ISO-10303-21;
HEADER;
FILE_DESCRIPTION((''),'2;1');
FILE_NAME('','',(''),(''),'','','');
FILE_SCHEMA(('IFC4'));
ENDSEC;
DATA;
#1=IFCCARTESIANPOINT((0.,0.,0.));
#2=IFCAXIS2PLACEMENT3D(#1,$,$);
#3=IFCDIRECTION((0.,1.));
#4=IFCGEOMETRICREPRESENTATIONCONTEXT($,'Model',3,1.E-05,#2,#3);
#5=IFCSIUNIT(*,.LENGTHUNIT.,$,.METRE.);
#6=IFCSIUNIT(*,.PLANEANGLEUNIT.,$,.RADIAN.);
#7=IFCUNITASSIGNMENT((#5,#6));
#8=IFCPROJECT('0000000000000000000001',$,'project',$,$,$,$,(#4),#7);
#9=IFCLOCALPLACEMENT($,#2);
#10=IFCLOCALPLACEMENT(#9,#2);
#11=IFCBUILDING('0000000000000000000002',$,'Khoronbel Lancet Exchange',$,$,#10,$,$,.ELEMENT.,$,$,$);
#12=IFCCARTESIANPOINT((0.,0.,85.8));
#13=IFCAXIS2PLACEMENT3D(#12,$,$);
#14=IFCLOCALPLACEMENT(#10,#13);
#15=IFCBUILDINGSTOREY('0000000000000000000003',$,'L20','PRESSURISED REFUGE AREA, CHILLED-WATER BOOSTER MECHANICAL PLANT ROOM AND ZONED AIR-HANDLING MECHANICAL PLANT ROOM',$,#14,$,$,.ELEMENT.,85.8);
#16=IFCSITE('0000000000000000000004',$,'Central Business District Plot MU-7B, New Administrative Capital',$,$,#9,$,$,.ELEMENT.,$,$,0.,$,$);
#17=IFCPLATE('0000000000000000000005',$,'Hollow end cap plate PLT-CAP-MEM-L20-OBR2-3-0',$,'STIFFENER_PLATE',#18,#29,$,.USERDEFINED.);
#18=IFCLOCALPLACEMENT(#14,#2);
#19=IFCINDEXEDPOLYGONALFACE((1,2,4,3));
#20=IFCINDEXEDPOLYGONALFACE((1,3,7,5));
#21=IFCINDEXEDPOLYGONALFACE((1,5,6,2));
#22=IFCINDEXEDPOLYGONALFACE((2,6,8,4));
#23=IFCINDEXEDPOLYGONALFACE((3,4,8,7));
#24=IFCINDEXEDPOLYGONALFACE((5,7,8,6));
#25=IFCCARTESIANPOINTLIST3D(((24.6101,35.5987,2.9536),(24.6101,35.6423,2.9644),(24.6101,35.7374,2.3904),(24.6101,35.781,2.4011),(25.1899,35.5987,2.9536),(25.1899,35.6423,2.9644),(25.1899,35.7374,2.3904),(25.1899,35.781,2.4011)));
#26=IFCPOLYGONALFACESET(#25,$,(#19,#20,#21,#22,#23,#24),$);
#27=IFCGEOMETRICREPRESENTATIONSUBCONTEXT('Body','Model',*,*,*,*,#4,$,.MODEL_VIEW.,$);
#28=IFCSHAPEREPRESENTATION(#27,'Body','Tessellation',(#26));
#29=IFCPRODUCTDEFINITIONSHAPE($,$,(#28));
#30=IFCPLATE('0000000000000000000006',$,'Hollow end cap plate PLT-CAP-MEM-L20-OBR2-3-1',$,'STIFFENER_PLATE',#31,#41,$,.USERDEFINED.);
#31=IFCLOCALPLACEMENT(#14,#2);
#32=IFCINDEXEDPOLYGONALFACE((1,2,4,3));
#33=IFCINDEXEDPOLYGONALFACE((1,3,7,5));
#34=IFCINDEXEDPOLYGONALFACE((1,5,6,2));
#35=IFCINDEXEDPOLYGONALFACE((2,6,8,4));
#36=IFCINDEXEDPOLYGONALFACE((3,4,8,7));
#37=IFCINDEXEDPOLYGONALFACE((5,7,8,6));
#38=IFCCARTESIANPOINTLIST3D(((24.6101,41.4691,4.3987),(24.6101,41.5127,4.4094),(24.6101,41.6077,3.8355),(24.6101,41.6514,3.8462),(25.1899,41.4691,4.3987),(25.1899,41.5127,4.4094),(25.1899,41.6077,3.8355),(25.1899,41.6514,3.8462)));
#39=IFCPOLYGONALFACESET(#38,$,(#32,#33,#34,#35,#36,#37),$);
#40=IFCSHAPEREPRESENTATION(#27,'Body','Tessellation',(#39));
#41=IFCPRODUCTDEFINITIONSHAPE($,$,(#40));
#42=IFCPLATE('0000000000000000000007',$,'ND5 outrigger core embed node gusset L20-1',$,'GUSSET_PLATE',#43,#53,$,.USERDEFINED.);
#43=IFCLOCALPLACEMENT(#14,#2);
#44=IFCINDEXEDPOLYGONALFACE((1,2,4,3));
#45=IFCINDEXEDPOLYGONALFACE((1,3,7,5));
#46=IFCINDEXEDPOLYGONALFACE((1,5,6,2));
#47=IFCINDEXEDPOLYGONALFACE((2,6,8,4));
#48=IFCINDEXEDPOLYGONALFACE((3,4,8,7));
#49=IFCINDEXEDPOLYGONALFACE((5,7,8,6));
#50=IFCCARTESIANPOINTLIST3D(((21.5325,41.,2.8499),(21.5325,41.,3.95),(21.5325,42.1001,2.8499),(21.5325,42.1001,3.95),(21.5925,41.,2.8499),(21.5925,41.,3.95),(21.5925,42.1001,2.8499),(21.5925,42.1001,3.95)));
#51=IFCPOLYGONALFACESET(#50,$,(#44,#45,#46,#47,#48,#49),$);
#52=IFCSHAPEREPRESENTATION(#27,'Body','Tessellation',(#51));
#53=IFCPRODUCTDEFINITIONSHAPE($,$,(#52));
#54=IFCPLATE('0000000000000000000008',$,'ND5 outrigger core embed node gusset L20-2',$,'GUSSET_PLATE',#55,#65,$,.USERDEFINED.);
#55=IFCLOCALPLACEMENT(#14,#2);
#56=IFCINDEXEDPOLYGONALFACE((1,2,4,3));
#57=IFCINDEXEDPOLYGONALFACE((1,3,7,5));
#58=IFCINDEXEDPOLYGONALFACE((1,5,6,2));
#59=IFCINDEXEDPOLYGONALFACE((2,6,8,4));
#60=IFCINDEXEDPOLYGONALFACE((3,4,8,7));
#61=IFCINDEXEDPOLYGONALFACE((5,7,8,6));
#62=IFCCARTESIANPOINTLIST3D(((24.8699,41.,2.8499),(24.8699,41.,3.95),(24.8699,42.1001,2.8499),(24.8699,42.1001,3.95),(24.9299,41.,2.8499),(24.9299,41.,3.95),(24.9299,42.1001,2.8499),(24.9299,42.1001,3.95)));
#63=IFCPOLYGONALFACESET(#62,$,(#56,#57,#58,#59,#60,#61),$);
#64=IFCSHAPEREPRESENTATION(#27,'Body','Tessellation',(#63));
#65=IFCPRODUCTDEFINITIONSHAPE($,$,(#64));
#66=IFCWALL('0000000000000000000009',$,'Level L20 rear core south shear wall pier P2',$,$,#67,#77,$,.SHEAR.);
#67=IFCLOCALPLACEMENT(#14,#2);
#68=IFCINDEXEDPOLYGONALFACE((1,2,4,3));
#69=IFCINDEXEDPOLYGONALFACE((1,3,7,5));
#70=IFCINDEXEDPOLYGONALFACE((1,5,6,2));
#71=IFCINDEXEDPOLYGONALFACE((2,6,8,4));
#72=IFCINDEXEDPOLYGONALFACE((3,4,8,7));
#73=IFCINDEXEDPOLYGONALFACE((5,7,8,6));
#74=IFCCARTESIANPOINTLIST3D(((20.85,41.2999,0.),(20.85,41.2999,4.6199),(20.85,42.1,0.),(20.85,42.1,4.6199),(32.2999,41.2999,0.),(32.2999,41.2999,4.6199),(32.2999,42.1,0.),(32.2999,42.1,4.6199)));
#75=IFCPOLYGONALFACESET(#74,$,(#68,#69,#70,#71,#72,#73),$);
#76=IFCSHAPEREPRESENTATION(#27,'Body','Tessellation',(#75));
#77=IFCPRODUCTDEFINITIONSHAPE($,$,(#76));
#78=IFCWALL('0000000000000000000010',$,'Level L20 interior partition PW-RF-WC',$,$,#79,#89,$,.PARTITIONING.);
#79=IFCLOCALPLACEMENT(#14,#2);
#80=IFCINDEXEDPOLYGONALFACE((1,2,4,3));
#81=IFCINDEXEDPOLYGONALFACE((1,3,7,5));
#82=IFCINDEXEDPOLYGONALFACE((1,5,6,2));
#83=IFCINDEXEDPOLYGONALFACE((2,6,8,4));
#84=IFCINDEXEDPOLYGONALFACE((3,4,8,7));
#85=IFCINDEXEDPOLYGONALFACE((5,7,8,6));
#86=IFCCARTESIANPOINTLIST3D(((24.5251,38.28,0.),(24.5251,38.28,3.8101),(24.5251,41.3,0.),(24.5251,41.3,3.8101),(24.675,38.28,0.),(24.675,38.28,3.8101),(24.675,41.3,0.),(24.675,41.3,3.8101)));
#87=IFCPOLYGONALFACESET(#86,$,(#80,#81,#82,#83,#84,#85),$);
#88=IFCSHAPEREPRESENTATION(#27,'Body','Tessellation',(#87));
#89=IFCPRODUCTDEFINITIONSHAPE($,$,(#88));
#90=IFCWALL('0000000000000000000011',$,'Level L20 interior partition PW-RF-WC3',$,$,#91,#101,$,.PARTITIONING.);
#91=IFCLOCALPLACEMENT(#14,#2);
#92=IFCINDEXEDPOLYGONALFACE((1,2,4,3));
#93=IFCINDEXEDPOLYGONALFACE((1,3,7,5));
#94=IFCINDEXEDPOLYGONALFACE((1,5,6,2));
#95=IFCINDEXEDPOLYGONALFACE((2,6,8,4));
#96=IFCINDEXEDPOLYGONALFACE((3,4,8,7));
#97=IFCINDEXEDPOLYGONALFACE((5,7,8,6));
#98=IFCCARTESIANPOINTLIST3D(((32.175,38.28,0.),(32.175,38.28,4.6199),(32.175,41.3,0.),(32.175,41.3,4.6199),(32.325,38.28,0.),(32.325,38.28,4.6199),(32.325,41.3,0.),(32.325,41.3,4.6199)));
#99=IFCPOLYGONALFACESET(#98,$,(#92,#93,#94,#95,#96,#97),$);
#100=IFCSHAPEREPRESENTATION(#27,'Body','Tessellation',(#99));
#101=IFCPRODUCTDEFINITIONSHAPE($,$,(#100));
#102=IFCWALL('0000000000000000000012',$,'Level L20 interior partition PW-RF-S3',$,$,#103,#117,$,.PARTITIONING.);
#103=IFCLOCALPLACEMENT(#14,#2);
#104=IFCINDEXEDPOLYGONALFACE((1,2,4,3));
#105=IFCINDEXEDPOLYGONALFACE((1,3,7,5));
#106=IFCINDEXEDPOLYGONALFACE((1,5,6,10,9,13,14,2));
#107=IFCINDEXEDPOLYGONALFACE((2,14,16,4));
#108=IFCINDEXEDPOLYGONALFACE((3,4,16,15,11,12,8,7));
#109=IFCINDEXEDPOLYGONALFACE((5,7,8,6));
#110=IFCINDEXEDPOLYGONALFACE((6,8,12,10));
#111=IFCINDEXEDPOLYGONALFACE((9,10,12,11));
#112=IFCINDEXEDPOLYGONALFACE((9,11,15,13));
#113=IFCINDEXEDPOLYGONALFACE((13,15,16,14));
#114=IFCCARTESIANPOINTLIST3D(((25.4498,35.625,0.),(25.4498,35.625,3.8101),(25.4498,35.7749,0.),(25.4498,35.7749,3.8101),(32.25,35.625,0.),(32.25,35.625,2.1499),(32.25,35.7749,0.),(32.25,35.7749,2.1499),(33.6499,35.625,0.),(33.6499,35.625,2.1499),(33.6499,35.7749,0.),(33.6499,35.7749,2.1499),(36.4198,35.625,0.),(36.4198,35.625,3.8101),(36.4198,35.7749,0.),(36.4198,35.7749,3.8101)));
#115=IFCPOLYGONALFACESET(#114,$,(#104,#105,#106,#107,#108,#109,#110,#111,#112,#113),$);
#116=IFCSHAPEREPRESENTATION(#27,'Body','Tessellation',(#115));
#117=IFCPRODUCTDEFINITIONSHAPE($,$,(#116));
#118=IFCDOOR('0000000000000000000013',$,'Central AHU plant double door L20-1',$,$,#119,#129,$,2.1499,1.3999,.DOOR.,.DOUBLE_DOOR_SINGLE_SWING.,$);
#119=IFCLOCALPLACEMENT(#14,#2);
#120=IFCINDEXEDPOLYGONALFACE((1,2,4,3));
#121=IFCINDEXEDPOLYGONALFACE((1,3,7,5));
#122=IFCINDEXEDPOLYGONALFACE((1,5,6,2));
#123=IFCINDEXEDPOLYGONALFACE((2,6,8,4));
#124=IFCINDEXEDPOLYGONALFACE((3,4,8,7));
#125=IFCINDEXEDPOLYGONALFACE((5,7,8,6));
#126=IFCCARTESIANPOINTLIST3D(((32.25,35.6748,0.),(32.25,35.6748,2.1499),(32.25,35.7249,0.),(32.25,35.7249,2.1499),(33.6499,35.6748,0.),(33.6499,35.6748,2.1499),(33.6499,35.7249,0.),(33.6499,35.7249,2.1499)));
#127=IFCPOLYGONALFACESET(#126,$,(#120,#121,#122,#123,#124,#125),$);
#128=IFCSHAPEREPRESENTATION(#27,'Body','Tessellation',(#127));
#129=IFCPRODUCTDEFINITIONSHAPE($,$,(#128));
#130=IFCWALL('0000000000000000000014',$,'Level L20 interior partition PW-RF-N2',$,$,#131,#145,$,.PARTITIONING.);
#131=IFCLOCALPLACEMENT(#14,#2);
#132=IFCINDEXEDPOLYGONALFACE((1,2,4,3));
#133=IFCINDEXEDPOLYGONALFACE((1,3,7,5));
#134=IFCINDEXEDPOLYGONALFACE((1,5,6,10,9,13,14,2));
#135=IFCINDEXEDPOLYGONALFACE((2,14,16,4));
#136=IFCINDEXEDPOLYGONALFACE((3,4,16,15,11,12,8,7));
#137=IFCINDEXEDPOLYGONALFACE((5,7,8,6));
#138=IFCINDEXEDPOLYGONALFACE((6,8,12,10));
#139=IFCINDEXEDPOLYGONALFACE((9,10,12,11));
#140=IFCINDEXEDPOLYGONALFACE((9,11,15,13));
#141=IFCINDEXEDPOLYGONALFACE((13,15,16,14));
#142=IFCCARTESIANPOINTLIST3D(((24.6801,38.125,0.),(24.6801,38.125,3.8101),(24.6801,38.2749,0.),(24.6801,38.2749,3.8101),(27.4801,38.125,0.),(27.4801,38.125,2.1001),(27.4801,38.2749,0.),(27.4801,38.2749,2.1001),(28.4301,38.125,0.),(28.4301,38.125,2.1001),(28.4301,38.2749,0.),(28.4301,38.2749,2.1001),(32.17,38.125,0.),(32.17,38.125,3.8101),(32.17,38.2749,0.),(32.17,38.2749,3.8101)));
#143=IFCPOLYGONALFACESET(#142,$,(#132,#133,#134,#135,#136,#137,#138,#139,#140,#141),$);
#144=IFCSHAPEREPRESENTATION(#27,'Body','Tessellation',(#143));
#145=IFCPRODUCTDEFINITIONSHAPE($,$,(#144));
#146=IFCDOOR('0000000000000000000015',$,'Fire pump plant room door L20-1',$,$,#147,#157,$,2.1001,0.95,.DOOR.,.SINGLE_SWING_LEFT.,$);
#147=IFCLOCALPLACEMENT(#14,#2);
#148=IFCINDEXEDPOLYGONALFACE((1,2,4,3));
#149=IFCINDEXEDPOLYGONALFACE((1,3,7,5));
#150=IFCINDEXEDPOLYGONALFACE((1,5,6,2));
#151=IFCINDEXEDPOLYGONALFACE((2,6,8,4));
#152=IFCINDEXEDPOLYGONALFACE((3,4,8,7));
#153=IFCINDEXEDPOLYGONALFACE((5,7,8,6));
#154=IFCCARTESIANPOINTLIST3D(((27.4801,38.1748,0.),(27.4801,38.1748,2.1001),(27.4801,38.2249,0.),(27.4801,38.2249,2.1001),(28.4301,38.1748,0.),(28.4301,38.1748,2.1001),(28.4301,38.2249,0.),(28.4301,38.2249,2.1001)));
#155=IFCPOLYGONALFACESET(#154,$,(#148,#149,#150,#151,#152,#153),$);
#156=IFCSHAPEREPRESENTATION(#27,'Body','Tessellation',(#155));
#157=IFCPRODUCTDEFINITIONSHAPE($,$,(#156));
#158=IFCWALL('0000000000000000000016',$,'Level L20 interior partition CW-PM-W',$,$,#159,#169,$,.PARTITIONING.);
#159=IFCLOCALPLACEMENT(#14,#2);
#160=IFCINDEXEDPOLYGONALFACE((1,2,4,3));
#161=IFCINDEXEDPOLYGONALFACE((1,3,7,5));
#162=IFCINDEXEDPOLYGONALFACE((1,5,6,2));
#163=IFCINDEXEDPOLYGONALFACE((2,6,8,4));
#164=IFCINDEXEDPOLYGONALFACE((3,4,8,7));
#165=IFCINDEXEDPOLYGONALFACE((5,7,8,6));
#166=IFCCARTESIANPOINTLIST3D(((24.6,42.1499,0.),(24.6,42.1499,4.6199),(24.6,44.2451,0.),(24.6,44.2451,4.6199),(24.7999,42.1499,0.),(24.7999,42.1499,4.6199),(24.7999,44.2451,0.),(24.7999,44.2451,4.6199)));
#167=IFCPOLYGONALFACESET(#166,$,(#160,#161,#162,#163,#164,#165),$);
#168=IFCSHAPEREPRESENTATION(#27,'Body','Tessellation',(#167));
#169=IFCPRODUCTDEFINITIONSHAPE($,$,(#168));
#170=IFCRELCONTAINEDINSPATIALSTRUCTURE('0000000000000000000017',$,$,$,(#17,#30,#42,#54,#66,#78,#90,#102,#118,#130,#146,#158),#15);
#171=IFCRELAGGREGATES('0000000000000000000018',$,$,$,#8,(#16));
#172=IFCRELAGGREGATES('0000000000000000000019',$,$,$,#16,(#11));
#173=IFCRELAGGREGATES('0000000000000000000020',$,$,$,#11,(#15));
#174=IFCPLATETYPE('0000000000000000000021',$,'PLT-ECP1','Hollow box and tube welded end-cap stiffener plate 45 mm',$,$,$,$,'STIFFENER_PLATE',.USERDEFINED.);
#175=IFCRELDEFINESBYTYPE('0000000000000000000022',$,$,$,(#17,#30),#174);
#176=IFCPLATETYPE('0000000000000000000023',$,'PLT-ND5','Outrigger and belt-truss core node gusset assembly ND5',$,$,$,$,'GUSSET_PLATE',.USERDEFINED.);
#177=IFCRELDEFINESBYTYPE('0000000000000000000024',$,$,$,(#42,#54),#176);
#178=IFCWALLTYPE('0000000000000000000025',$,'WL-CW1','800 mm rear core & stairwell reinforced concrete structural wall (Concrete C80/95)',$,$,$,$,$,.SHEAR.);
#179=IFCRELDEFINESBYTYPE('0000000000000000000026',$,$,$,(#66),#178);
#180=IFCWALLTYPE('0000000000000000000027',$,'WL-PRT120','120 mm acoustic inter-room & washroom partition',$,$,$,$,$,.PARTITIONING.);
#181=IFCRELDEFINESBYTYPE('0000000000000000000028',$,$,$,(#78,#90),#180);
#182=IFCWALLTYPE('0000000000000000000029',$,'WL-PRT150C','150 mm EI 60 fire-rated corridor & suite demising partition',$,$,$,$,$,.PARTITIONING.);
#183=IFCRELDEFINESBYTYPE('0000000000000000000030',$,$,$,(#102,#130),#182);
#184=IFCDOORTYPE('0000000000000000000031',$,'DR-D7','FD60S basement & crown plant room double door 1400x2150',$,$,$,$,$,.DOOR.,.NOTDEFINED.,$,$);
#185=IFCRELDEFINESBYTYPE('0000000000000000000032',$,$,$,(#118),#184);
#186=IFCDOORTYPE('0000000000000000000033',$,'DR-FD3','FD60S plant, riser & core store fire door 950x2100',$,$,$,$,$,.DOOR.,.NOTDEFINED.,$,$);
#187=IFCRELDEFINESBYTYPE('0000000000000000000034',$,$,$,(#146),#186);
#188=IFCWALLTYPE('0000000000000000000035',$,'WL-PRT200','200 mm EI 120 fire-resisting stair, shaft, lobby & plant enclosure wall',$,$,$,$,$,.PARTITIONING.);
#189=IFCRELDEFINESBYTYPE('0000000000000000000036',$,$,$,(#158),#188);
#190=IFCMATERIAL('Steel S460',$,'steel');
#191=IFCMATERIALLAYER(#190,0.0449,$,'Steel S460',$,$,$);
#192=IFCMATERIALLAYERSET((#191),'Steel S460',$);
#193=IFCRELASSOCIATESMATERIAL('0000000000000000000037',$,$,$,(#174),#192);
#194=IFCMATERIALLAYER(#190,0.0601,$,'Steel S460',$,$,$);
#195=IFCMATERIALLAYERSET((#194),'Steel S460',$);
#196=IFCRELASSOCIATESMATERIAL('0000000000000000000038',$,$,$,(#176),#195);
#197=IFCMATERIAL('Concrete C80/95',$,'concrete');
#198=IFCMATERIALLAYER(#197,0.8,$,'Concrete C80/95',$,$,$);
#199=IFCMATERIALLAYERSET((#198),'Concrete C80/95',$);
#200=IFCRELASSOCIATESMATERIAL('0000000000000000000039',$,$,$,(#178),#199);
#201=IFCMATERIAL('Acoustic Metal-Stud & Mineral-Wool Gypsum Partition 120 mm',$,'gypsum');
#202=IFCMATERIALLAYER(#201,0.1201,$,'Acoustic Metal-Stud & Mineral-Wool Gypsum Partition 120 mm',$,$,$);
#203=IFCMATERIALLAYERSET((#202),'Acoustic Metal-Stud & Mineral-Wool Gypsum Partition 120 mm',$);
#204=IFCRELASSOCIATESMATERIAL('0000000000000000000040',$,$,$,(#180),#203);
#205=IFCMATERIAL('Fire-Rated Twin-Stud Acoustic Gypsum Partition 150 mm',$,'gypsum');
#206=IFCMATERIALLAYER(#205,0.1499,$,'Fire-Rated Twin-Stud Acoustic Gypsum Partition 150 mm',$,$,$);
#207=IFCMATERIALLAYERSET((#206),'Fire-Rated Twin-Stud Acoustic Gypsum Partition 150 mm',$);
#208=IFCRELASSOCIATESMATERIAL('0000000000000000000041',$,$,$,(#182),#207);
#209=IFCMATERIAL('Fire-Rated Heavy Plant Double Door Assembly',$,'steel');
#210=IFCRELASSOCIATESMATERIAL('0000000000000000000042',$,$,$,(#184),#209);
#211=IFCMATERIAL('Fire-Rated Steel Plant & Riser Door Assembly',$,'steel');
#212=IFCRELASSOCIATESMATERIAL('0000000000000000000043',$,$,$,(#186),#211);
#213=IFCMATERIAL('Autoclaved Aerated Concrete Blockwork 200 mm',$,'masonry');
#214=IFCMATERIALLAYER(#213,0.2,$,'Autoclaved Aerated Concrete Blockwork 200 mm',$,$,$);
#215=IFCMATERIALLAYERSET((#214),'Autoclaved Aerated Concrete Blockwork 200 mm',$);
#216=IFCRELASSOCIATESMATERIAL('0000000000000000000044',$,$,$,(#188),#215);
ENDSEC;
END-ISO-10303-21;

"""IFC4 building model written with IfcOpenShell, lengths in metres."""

from ifc_helpers import new_model, si_unit, direction, frame, frame_2d, origin, origin_2d, place, context, subcontext, project, spatial, polyline, rectangle, outline, extrude, material, layer, layer_set, type_object, element, fill, save


model = new_model("IFC4")

# Units and contexts
model_context = context("Model", 3, precision=1e-05, world=origin(), true_north=direction((0.0, 1.0)))
body_context = subcontext(model_context, "Body", "Model", "MODEL_VIEW")
ifc_project = project(units=[si_unit("LENGTHUNIT", "METRE"), si_unit("PLANEANGLEUNIT", "RADIAN")], contexts=[model_context])

# Site, building, storey
site_placement = place(None, origin())
site = spatial("IfcSite", under=ifc_project, at=site_placement, Name="Central Business District Plot MU-7B, New Administrative Capital", CompositionType="ELEMENT", RefElevation=0.0)
building_placement = place(site_placement, origin())
building = spatial("IfcBuilding", under=site, at=building_placement, Name="Khoronbel Lancet Exchange", CompositionType="ELEMENT")
storey_placement = place(building_placement, frame((0.0, 0.0, 85.8)))
storey = spatial("IfcBuildingStorey", under=building, at=storey_placement, Name="L20", Description="PRESSURISED REFUGE AREA, CHILLED-WATER BOOSTER MECHANICAL PLANT ROOM AND ZONED AIR-HANDLING MECHANICAL PLANT ROOM", CompositionType="ELEMENT", Elevation=85.8)

# Shared definitions
ifc_material_1 = material(Name="Steel S460", Category="steel")

# Shared definitions
ifc_material_2 = material(Name="Concrete C80/95", Category="concrete")

# Plates
ifc_layer_1 = layer(ifc_material_1, 0.0449, Name="Steel S460")
ifc_layer_set_1 = layer_set([ifc_layer_1], Name="Steel S460")
plate_type_1 = type_object("IfcPlateType", Name="PLT-ECP1", Description="Hollow box and tube welded end-cap stiffener plate 45 mm", ElementType="STIFFENER_PLATE", PredefinedType="USERDEFINED", material=ifc_layer_set_1)
for number, where, z_axis, x_axis, name in (
    (1, (25.1899, 35.781, 2.4011), (0.0, 0.971003, 0.239068), (-1.0, 0.0, 0.0), "Hollow end cap plate PLT-CAP-MEM-L20-OBR2-3-0"),
    (2, (25.1899, 41.6514, 3.8462), (0.0, 0.971003, 0.239068), (-1.0, 0.0, 0.0), "Hollow end cap plate PLT-CAP-MEM-L20-OBR2-3-1"),
):
    element("IfcPlate", number, at=place(storey_placement, frame(where, z_axis=z_axis, x_axis=x_axis)), inside=storey, type_object=plate_type_1, Name=name, ObjectType="STIFFENER_PLATE", PredefinedType="USERDEFINED", context=body_context, shape_type="SweptSolid", body=[
        extrude(outline(polyline([(0.0, 0.0), (0.5798, 0.0), (0.5798, 0.5801), (0.0, 0.5801), (0.0, 0.0)])), origin(), (0.0, 0.0, -1.0), 0.0449),
    ])
ifc_layer_2 = layer(ifc_material_1, 0.0601, Name="Steel S460")
ifc_layer_set_2 = layer_set([ifc_layer_2], Name="Steel S460")
plate_type_2 = type_object("IfcPlateType", Name="PLT-ND5", Description="Outrigger and belt-truss core node gusset assembly ND5", ElementType="GUSSET_PLATE", PredefinedType="USERDEFINED", material=ifc_layer_set_2)
for number, where, z_axis, x_axis, name in (
    (3, (21.5625, 41.55, 2.8499), (0.0, 0.0, 1.0), (1.0, 0.0, 0.0), "ND5 outrigger core embed node gusset L20-1"),
    (4, (24.8999, 41.55, 2.8499), (0.0, 0.0, 1.0), (1.0, 0.0, 0.0), "ND5 outrigger core embed node gusset L20-2"),
):
    element("IfcPlate", number, at=place(storey_placement, frame(where, z_axis=z_axis, x_axis=x_axis)), inside=storey, type_object=plate_type_2, Name=name, ObjectType="GUSSET_PLATE", PredefinedType="USERDEFINED", context=body_context, shape_type="SweptSolid", body=[
        extrude(rectangle(XDim=0.0601, YDim=1.1001, at=origin_2d()), origin(), (0.0, 0.0, 1.0), 1.1001),
    ])

# Walls
ifc_layer_3 = layer(ifc_material_2, 0.8, Name="Concrete C80/95")
ifc_layer_set_3 = layer_set([ifc_layer_3], Name="Concrete C80/95")
wall_type_1 = type_object("IfcWallType", Name="WL-CW1", Description="800 mm rear core & stairwell reinforced concrete structural wall (Concrete C80/95)", PredefinedType="SHEAR", material=ifc_layer_set_3)
wall_1_placement = place(storey_placement, frame((32.3, 41.7, 0.0), z_axis=(0.0, 0.0, 1.0), x_axis=(-1.0, 0.0, 0.0)))
element("IfcWall", 5, at=wall_1_placement, inside=storey, type_object=wall_type_1, Name="Level L20 rear core south shear wall pier P2", PredefinedType="SHEAR", context=body_context, shape_type="SweptSolid", body=[
    extrude(rectangle(XDim=11.45, YDim=0.8, at=frame_2d((5.7251, 0.0))), origin(), (0.0, 0.0, 1.0), 4.6199),
])
ifc_material_3 = material(Name="Acoustic Metal-Stud & Mineral-Wool Gypsum Partition 120 mm", Category="gypsum")
ifc_layer_4 = layer(ifc_material_3, 0.1201, Name="Acoustic Metal-Stud & Mineral-Wool Gypsum Partition 120 mm")
ifc_layer_set_4 = layer_set([ifc_layer_4], Name="Acoustic Metal-Stud & Mineral-Wool Gypsum Partition 120 mm")
wall_type_2 = type_object("IfcWallType", Name="WL-PRT120", Description="120 mm acoustic inter-room & washroom partition", PredefinedType="PARTITIONING", material=ifc_layer_set_4)
wall_2_placement = place(storey_placement, frame((24.6001, 38.28, 0.0), z_axis=(0.0, 0.0, 1.0), x_axis=(0.0, 1.0, 0.0)))
element("IfcWall", 6, at=wall_2_placement, inside=storey, type_object=wall_type_2, Name="Level L20 interior partition PW-RF-WC", PredefinedType="PARTITIONING", context=body_context, shape_type="SweptSolid", body=[
    extrude(rectangle(XDim=3.02, YDim=0.1499, at=frame_2d((1.51, 0.0))), origin(), (0.0, 0.0, 1.0), 3.8101),
])
wall_3_placement = place(storey_placement, frame((32.25, 38.28, 0.0), z_axis=(0.0, 0.0, 1.0), x_axis=(0.0, 1.0, 0.0)))
element("IfcWall", 7, at=wall_3_placement, inside=storey, type_object=wall_type_2, Name="Level L20 interior partition PW-RF-WC3", PredefinedType="PARTITIONING", context=body_context, shape_type="SweptSolid", body=[
    extrude(rectangle(XDim=3.02, YDim=0.1499, at=frame_2d((1.51, 0.0))), origin(), (0.0, 0.0, 1.0), 4.6199),
])

# Walls, openings, doors
ifc_material_4 = material(Name="Fire-Rated Twin-Stud Acoustic Gypsum Partition 150 mm", Category="gypsum")
ifc_layer_5 = layer(ifc_material_4, 0.1499, Name="Fire-Rated Twin-Stud Acoustic Gypsum Partition 150 mm")
ifc_layer_set_5 = layer_set([ifc_layer_5], Name="Fire-Rated Twin-Stud Acoustic Gypsum Partition 150 mm")
wall_type_3 = type_object("IfcWallType", Name="WL-PRT150C", Description="150 mm EI 60 fire-rated corridor & suite demising partition", PredefinedType="PARTITIONING", material=ifc_layer_set_5)
wall_4_placement = place(storey_placement, frame((25.45, 35.7, 0.0), z_axis=(0.0, 0.0, 1.0), x_axis=(1.0, 0.0, 0.0)))
wall_4 = element("IfcWall", 8, at=wall_4_placement, inside=storey, type_object=wall_type_3, Name="Level L20 interior partition PW-RF-S3", PredefinedType="PARTITIONING", context=body_context, shape_type="SweptSolid", body=[
    extrude(rectangle(XDim=10.97, YDim=0.1499, at=frame_2d((5.4849, 0.0))), origin(), (0.0, 0.0, 1.0), 3.8101),
])
opening_1_placement = place(wall_4_placement, frame((6.8, 0.0, 0.0)))
opening_1 = element("IfcOpeningElement", 9, at=opening_1_placement, cuts=wall_4, PredefinedType="OPENING", context=body_context, shape_type="SweptSolid", body=[
    extrude(rectangle(XDim=1.3999, YDim=2.1499, at=frame_2d((0.7, 1.075))), frame((0.0, 0.085, 0.0), z_axis=(0.0, -1.0, 0.0), x_axis=(1.0, 0.0, 0.0)), (0.0, 0.0, 1.0), 0.1699),
])
ifc_material_5 = material(Name="Fire-Rated Heavy Plant Double Door Assembly", Category="steel")
door_type_1 = type_object("IfcDoorType", Name="DR-D7", Description="FD60S basement & crown plant room double door 1400x2150", OperationType="NOTDEFINED", PredefinedType="DOOR", material=ifc_material_5)
door_1_placement = place(opening_1_placement, origin())
door_1 = element("IfcDoor", 10, at=door_1_placement, inside=storey, type_object=door_type_1, Name="Central AHU plant double door L20-1", OperationType="DOUBLE_DOOR_SINGLE_SWING", OverallHeight=2.1499, OverallWidth=1.3999, PredefinedType="DOOR", context=body_context, shape_type="SweptSolid", body=[
    extrude(rectangle(XDim=1.3999, YDim=2.1499, at=frame_2d((0.7, 1.075))), frame((0.0, 0.0249, 0.0), z_axis=(0.0, -1.0, 0.0), x_axis=(1.0, 0.0, 0.0)), (0.0, 0.0, 1.0), 0.05),
])
fill(opening_1, door_1)
wall_5_placement = place(storey_placement, frame((24.6799, 38.2, 0.0), z_axis=(0.0, 0.0, 1.0), x_axis=(1.0, 0.0, 0.0)))
wall_5 = element("IfcWall", 11, at=wall_5_placement, inside=storey, type_object=wall_type_3, Name="Level L20 interior partition PW-RF-N2", PredefinedType="PARTITIONING", context=body_context, shape_type="SweptSolid", body=[
    extrude(rectangle(XDim=7.49, YDim=0.1499, at=frame_2d((3.7451, 0.0))), origin(), (0.0, 0.0, 1.0), 3.8101),
])
opening_2_placement = place(wall_5_placement, frame((2.8, 0.0, 0.0)))
opening_2 = element("IfcOpeningElement", 12, at=opening_2_placement, cuts=wall_5, PredefinedType="OPENING", context=body_context, shape_type="SweptSolid", body=[
    extrude(rectangle(XDim=0.95, YDim=2.1001, at=frame_2d((0.4751, 1.05))), frame((0.0, 0.085, 0.0), z_axis=(0.0, -1.0, 0.0), x_axis=(1.0, 0.0, 0.0)), (0.0, 0.0, 1.0), 0.1699),
])
ifc_material_6 = material(Name="Fire-Rated Steel Plant & Riser Door Assembly", Category="steel")
door_type_2 = type_object("IfcDoorType", Name="DR-FD3", Description="FD60S plant, riser & core store fire door 950x2100", OperationType="NOTDEFINED", PredefinedType="DOOR", material=ifc_material_6)
door_2_placement = place(opening_2_placement, origin())
door_2 = element("IfcDoor", 13, at=door_2_placement, inside=storey, type_object=door_type_2, Name="Fire pump plant room door L20-1", OperationType="SINGLE_SWING_LEFT", OverallHeight=2.1001, OverallWidth=0.95, PredefinedType="DOOR", context=body_context, shape_type="SweptSolid", body=[
    extrude(rectangle(XDim=0.95, YDim=2.1001, at=frame_2d((0.4751, 1.05))), frame((0.0, 0.0249, 0.0), z_axis=(0.0, -1.0, 0.0), x_axis=(1.0, 0.0, 0.0)), (0.0, 0.0, 1.0), 0.05),
])
fill(opening_2, door_2)

# Wall
ifc_material_7 = material(Name="Autoclaved Aerated Concrete Blockwork 200 mm", Category="masonry")
ifc_layer_6 = layer(ifc_material_7, 0.2, Name="Autoclaved Aerated Concrete Blockwork 200 mm")
ifc_layer_set_6 = layer_set([ifc_layer_6], Name="Autoclaved Aerated Concrete Blockwork 200 mm")
wall_type_4 = type_object("IfcWallType", Name="WL-PRT200", Description="200 mm EI 120 fire-resisting stair, shaft, lobby & plant enclosure wall", PredefinedType="PARTITIONING", material=ifc_layer_set_6)
wall_6_placement = place(storey_placement, frame((24.7, 42.1499, 0.0), z_axis=(0.0, 0.0, 1.0), x_axis=(0.0, 1.0, 0.0)))
element("IfcWall", 14, at=wall_6_placement, inside=storey, type_object=wall_type_4, Name="Level L20 interior partition CW-PM-W", PredefinedType="PARTITIONING", context=body_context, shape_type="SweptSolid", body=[
    extrude(rectangle(XDim=2.0952, YDim=0.2, at=frame_2d((1.0476, 0.0))), origin(), (0.0, 0.0, 1.0), 4.6199),
])

save(model, "model.ifc")
